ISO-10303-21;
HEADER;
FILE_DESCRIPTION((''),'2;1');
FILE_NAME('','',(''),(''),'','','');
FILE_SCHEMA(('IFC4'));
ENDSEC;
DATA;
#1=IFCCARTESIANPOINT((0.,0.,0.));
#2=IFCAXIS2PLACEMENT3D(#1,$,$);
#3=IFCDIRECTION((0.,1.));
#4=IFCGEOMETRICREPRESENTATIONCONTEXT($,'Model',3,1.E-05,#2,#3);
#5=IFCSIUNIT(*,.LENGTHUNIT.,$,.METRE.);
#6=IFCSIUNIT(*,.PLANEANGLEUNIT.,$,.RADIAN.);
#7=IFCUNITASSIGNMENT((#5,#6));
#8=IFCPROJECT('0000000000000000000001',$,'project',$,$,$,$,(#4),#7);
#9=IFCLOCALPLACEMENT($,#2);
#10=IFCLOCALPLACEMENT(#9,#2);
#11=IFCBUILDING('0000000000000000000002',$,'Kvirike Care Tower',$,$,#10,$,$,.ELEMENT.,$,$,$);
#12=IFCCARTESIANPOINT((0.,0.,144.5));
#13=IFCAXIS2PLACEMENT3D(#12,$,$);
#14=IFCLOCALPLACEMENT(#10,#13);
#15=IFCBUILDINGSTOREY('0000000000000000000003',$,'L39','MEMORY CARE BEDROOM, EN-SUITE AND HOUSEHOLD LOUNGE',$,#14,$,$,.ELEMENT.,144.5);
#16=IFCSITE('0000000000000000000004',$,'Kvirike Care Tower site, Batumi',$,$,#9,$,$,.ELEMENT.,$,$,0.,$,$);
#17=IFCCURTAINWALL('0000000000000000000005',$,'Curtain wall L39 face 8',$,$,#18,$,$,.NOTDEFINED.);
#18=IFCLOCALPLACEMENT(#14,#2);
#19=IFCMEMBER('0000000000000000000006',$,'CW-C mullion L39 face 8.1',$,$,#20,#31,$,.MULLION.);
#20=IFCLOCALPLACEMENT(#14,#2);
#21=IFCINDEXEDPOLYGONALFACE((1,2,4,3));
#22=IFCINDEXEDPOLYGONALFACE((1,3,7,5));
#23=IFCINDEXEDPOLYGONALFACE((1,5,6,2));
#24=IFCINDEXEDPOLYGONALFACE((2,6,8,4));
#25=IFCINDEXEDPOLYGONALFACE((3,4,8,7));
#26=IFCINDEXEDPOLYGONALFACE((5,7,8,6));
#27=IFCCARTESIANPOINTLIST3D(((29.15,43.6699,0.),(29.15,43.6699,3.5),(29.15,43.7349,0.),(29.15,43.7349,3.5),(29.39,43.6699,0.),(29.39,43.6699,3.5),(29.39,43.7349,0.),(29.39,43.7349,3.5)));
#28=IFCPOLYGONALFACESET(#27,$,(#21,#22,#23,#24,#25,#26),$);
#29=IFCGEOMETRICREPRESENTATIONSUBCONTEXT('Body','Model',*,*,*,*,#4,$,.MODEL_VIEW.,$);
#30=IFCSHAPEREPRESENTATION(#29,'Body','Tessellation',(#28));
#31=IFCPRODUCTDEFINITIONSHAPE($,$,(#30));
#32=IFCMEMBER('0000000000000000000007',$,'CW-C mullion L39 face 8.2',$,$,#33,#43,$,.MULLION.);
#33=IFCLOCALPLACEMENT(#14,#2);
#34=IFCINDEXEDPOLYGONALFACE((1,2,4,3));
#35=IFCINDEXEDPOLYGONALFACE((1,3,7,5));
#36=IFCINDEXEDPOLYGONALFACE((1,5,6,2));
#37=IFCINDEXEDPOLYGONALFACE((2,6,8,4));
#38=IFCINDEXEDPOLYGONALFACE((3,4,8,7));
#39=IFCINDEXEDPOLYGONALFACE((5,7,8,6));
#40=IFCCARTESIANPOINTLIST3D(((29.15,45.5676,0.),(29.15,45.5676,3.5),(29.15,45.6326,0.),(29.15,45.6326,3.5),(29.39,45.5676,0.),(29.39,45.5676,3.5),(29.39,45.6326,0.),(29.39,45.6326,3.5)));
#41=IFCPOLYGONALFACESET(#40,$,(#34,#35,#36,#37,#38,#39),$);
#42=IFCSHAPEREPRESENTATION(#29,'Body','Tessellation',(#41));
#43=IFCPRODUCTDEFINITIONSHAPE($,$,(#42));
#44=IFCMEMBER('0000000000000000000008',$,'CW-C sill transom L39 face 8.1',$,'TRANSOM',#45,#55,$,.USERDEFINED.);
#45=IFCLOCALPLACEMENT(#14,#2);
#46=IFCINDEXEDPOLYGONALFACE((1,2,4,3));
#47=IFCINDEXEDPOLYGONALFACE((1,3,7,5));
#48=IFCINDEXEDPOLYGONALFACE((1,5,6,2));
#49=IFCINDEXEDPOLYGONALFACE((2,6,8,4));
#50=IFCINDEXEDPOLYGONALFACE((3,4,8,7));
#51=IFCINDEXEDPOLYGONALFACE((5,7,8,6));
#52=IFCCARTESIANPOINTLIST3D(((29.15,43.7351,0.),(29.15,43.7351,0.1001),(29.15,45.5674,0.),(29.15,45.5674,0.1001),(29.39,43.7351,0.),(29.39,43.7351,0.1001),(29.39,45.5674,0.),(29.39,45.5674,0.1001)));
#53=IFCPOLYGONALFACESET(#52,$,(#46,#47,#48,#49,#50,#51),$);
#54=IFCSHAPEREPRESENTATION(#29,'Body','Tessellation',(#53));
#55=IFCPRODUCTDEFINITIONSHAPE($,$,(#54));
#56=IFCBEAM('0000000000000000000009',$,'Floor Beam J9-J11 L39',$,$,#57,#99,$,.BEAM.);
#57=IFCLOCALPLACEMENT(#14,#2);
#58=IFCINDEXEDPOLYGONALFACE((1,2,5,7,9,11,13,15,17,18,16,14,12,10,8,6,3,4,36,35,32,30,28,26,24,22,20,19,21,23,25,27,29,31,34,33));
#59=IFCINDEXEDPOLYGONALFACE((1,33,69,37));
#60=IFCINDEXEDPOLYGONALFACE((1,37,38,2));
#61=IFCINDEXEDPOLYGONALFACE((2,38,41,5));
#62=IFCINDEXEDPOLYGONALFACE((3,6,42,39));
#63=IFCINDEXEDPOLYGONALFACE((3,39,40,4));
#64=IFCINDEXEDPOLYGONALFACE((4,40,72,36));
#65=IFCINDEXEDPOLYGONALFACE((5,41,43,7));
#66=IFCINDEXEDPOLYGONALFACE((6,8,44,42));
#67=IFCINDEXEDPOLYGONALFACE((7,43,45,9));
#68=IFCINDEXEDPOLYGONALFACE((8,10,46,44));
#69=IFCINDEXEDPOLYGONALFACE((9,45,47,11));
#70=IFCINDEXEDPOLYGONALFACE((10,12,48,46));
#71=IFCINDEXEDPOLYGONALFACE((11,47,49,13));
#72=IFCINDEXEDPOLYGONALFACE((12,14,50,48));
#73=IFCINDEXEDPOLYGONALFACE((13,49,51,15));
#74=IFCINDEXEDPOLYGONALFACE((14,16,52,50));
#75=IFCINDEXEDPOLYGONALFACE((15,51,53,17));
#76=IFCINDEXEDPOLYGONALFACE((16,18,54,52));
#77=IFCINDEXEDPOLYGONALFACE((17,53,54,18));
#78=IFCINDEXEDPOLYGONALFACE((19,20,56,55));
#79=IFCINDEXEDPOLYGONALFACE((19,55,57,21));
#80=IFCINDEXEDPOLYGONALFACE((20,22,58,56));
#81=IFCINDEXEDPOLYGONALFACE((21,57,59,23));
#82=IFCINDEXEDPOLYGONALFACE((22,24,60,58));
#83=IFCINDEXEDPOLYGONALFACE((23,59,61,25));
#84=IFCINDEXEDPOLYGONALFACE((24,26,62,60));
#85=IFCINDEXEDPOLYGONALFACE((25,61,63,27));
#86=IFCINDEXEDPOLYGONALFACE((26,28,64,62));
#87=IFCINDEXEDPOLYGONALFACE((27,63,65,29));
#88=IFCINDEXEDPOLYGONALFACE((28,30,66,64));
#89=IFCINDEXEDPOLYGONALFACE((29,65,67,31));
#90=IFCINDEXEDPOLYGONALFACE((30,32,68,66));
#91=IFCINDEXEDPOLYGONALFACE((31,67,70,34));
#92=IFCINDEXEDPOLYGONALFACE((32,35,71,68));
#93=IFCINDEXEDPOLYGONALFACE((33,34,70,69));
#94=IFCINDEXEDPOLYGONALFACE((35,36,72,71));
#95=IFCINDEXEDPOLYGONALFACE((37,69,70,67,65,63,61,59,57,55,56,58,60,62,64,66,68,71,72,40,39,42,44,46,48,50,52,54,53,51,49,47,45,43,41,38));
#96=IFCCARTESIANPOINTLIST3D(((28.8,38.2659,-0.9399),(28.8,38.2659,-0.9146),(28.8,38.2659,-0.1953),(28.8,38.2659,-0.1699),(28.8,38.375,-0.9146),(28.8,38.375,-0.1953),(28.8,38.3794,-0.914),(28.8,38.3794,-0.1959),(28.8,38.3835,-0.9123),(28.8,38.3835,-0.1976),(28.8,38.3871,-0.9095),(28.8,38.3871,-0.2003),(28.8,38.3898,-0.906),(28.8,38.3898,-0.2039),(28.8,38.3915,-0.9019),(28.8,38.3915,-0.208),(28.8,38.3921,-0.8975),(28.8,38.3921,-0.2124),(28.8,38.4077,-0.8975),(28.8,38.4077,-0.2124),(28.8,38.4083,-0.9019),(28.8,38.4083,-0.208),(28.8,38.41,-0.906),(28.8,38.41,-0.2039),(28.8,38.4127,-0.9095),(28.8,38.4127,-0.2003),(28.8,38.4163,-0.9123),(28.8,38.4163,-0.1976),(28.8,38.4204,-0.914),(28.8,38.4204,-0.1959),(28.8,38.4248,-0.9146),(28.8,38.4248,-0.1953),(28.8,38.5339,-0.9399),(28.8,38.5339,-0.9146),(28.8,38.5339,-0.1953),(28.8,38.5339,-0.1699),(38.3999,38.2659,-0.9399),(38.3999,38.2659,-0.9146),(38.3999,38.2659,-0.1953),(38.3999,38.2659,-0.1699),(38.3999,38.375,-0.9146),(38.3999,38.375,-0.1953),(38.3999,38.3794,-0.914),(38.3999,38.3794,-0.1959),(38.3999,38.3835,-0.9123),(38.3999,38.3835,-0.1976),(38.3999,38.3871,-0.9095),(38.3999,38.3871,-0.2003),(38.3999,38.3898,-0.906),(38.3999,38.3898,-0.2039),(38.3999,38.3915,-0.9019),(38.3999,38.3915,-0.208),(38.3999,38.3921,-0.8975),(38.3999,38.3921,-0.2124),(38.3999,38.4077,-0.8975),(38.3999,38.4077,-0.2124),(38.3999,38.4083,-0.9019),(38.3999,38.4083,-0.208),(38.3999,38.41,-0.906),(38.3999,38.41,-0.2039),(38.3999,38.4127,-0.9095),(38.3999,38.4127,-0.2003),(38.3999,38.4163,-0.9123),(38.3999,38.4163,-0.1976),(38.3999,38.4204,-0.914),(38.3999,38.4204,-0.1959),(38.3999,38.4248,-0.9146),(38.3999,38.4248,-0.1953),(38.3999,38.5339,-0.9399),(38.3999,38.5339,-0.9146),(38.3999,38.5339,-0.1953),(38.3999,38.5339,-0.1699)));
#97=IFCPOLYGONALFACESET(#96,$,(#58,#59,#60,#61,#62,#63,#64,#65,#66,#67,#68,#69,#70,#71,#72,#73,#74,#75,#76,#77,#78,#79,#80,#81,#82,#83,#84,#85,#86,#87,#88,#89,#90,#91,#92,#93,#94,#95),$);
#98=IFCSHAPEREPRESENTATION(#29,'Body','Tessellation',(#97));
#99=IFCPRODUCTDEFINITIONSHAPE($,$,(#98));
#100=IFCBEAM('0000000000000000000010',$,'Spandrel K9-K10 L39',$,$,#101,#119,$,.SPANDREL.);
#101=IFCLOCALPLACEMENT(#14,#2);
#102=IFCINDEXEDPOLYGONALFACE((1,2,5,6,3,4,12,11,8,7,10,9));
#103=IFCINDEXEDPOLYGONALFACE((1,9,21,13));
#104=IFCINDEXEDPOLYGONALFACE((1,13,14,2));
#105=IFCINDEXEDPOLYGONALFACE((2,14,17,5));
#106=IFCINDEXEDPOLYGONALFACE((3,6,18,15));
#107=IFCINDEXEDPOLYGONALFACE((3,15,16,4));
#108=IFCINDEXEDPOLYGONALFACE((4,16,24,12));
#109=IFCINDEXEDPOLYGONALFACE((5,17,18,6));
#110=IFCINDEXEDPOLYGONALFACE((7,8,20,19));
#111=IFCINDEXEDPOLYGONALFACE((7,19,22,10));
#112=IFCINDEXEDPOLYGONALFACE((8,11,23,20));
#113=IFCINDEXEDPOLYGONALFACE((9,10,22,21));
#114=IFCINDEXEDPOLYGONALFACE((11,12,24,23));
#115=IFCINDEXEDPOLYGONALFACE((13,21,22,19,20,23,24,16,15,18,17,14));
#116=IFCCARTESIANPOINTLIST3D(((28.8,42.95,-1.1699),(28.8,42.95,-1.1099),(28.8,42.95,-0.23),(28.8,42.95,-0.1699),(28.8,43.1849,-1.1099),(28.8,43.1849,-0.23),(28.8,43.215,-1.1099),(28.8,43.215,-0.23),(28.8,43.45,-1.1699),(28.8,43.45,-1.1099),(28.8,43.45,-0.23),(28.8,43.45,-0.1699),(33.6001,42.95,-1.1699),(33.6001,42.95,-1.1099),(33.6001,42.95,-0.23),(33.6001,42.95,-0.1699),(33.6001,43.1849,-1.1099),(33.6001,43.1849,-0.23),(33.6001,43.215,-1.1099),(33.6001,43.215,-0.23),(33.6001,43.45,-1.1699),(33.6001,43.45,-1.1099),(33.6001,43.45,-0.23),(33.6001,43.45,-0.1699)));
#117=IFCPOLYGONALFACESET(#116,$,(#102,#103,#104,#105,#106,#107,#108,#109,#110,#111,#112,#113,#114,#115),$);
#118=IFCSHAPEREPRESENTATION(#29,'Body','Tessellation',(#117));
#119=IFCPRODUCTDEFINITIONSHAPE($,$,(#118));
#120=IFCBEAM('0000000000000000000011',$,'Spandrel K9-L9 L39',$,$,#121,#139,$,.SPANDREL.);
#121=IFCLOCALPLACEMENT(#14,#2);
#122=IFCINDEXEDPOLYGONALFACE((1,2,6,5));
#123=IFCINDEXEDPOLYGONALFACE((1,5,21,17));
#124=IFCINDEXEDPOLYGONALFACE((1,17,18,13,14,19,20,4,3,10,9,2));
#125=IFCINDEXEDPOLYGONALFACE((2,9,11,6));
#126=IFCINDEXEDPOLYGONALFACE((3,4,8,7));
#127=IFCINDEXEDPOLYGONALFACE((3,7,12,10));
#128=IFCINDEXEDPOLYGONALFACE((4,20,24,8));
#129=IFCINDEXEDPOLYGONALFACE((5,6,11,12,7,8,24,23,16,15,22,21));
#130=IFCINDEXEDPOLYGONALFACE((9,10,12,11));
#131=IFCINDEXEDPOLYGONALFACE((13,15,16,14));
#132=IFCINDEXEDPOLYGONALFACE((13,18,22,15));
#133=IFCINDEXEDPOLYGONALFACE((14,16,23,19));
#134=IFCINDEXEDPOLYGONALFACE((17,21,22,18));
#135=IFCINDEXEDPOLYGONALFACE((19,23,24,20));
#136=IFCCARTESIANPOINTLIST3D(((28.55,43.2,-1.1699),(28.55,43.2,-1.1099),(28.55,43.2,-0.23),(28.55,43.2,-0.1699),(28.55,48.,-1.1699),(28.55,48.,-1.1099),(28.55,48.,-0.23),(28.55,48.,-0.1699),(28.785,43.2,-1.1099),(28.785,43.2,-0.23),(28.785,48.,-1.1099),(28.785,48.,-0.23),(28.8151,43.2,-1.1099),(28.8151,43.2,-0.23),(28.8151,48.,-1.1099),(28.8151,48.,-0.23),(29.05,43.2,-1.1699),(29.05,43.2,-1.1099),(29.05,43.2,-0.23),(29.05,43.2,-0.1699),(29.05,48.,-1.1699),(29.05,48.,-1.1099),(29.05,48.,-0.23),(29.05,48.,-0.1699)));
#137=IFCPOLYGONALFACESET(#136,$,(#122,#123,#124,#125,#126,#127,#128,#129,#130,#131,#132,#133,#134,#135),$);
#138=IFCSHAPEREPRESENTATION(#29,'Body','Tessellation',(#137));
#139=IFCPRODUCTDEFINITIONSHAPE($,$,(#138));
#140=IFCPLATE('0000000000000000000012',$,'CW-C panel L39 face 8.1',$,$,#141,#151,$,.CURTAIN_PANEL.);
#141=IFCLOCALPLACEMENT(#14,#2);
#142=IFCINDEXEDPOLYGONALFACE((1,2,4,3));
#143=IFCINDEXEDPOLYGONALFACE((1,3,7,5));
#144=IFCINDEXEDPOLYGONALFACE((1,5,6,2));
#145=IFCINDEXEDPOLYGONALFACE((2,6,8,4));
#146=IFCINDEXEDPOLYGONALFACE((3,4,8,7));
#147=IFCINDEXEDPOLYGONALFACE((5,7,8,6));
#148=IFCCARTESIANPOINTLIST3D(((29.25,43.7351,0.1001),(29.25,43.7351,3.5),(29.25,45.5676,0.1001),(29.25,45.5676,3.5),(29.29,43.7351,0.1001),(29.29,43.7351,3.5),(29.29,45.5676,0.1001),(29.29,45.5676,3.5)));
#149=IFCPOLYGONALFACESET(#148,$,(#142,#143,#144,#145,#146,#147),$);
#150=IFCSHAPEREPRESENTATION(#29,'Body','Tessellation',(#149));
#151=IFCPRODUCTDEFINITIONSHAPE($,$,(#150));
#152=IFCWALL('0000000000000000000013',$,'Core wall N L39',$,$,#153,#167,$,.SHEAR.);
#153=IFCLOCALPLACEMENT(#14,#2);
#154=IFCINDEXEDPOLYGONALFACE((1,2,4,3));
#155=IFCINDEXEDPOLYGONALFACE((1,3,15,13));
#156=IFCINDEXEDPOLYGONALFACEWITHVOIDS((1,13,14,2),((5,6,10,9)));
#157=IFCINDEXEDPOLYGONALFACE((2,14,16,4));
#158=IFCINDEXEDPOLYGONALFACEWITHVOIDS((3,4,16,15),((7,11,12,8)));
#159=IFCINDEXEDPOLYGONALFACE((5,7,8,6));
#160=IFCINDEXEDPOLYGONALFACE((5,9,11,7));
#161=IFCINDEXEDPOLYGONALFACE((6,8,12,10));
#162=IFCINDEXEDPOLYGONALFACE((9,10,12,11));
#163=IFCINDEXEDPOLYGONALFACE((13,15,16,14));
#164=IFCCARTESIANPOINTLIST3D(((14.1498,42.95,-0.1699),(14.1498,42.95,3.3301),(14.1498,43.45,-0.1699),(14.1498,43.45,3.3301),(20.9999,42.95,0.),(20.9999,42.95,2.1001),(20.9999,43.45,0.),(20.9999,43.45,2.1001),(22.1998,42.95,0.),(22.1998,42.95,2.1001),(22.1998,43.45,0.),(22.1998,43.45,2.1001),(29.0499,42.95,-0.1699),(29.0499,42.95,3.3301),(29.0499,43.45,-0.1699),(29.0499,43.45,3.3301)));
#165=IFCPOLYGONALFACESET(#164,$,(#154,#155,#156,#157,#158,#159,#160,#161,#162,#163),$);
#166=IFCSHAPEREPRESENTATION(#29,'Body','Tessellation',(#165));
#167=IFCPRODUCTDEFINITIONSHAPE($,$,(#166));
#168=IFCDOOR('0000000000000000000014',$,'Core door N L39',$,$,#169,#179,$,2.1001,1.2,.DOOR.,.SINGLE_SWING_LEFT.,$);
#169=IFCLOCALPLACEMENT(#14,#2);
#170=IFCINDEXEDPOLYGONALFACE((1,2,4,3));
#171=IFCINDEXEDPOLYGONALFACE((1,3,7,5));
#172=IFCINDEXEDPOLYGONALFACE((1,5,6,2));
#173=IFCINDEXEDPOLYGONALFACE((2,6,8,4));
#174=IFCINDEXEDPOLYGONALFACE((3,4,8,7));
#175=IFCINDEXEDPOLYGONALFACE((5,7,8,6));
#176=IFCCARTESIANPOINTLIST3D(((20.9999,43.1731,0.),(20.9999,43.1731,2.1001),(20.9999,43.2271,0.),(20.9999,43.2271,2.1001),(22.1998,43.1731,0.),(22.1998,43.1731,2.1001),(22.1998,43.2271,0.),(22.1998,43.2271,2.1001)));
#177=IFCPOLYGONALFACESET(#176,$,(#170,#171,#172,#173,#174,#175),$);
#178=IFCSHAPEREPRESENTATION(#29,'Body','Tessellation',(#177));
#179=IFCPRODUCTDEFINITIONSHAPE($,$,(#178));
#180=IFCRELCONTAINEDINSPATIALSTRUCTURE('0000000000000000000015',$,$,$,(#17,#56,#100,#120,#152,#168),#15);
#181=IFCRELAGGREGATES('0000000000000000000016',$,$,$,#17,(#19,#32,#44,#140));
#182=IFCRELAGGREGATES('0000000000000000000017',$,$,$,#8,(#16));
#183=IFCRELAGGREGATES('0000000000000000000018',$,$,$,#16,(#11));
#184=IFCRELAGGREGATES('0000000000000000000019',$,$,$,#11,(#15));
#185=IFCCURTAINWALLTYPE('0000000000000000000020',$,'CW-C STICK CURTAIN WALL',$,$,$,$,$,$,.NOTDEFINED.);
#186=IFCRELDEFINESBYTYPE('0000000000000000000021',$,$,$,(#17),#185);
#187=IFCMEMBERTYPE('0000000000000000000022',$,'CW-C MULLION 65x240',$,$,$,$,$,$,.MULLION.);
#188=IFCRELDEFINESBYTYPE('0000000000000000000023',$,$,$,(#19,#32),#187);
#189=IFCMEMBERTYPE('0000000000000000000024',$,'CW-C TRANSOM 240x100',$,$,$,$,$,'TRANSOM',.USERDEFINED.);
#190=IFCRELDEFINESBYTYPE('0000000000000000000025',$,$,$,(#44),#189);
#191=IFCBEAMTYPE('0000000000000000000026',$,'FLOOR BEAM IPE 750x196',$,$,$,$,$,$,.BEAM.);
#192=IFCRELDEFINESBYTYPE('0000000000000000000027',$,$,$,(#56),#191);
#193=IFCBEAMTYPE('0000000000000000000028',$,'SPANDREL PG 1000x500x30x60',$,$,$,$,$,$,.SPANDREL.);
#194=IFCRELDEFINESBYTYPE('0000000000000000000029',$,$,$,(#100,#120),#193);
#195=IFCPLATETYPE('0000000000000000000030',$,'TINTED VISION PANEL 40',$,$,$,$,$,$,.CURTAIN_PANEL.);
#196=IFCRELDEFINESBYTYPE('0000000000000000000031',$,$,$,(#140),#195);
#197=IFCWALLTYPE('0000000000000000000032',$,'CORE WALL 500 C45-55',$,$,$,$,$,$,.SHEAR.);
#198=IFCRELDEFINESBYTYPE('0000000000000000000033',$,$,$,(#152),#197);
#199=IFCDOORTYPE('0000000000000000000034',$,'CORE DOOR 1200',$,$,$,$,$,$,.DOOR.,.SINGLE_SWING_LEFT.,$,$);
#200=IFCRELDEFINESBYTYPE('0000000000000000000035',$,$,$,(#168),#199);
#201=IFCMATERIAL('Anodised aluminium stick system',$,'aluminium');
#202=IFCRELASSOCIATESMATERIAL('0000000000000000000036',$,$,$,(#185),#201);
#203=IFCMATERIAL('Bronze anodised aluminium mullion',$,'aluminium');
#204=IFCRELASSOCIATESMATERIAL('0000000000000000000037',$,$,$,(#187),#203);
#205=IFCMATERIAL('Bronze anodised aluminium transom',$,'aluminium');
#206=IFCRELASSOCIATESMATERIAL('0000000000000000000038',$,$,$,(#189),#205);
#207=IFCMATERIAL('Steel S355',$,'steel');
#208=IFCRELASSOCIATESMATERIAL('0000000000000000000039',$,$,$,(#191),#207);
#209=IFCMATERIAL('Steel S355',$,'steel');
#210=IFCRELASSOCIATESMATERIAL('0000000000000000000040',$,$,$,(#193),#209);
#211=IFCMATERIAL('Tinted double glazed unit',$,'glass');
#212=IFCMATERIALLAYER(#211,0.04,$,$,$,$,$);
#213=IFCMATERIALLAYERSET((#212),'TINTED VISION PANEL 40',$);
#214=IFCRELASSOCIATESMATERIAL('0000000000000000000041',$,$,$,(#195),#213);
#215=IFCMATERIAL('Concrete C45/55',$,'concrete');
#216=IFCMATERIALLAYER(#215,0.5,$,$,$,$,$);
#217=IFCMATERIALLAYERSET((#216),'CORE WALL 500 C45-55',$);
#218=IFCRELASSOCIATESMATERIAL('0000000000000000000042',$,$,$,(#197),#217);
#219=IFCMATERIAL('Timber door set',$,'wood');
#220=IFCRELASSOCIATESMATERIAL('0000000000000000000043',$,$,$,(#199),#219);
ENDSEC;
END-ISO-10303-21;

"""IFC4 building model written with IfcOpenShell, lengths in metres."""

from ifc_helpers import new_model, si_unit, direction, frame, frame_2d, origin, origin_2d, place, context, subcontext, project, spatial, rectangle, i_section, extrude, material, layer, layer_set, material_profile, profile_set, type_object, element, fill, aggregate, save


model = new_model("IFC4")

# Units and contexts
model_context = context("Model", 3, precision=1e-05, world=origin(), true_north=direction((0.0, 1.0)))
body_context = subcontext(model_context, "Body", "Model", "MODEL_VIEW")
ifc_project = project(units=[si_unit("LENGTHUNIT", "METRE"), si_unit("PLANEANGLEUNIT", "RADIAN")], contexts=[model_context])

# Site, building, storey
site_placement = place(None, origin())
site = spatial("IfcSite", under=ifc_project, at=site_placement, Name="Kvirike Care Tower site, Batumi", CompositionType="ELEMENT", RefElevation=0.0)
building_placement = place(site_placement, origin())
building = spatial("IfcBuilding", under=site, at=building_placement, Name="Kvirike Care Tower", CompositionType="ELEMENT")
storey_placement = place(building_placement, frame((0.0, 0.0, 144.5)))
storey = spatial("IfcBuildingStorey", under=building, at=storey_placement, Name="L39", Description="MEMORY CARE BEDROOM, EN-SUITE AND HOUSEHOLD LOUNGE", CompositionType="ELEMENT", Elevation=144.5)

# Curtain wall, members
ifc_material_1 = material(Name="Anodised aluminium stick system", Category="aluminium")
curtain_wall_type = type_object("IfcCurtainWallType", Name="CW-C STICK CURTAIN WALL", PredefinedType="NOTDEFINED", material=ifc_material_1)
curtain_wall_placement = place(storey_placement, origin())
curtain_wall = element("IfcCurtainWall", 1, at=curtain_wall_placement, inside=storey, type_object=curtain_wall_type, Name="Curtain wall L39 face 8", PredefinedType="NOTDEFINED")
ifc_material_2 = material(Name="Bronze anodised aluminium mullion", Category="aluminium")
ifc_material_profile_1 = material_profile(ifc_material_2, rectangle(XDim=0.0649, YDim=0.24, at=origin_2d()), Name="CW-C MULLION 65x240")
ifc_profile_set_1 = profile_set([ifc_material_profile_1], Name="Bronze anodised aluminium mullion")
member_type_1 = type_object("IfcMemberType", Name="CW-C MULLION 65x240", PredefinedType="MULLION", material=ifc_profile_set_1)
member_1_placement = place(storey_placement, frame((29.27, 43.7024, 0.0), z_axis=(0.0, 0.0, 1.0), x_axis=(0.0, 1.0, 0.0)))
member_1 = element("IfcMember", 2, at=member_1_placement, type_object=member_type_1, Name="CW-C mullion L39 face 8.1", PredefinedType="MULLION", context=body_context, shape_type="SweptSolid", body=[
    extrude(rectangle(XDim=0.0649, YDim=0.24, at=origin_2d()), origin(), (0.0, 0.0, 1.0), 3.5),
])
member_2_placement = place(storey_placement, frame((29.27, 45.6001, 0.0), z_axis=(0.0, 0.0, 1.0), x_axis=(0.0, 1.0, 0.0)))
member_2 = element("IfcMember", 3, at=member_2_placement, type_object=member_type_1, Name="CW-C mullion L39 face 8.2", PredefinedType="MULLION", context=body_context, shape_type="SweptSolid", body=[
    extrude(rectangle(XDim=0.0649, YDim=0.24, at=origin_2d()), origin(), (0.0, 0.0, 1.0), 3.5),
])
ifc_material_3 = material(Name="Bronze anodised aluminium transom", Category="aluminium")
ifc_material_profile_2 = material_profile(ifc_material_3, rectangle(XDim=0.24, YDim=0.1001, at=origin_2d()), Name="CW-C TRANSOM 240x100")
ifc_profile_set_2 = profile_set([ifc_material_profile_2], Name="Bronze anodised aluminium transom")
member_type_2 = type_object("IfcMemberType", Name="CW-C TRANSOM 240x100", ElementType="TRANSOM", PredefinedType="USERDEFINED", material=ifc_profile_set_2)
member_3_placement = place(storey_placement, frame((29.27, 43.7351, 0.05), z_axis=(0.0, 1.0, 0.0), x_axis=(-1.0, 0.0, 0.0)))
member_3 = element("IfcMember", 4, at=member_3_placement, type_object=member_type_2, Name="CW-C sill transom L39 face 8.1", ObjectType="TRANSOM", PredefinedType="USERDEFINED", context=body_context, shape_type="SweptSolid", body=[
    extrude(rectangle(XDim=0.24, YDim=0.1001, at=origin_2d()), origin(), (0.0, 0.0, 1.0), 1.8323),
])

# Beams
ifc_material_4 = material(Name="Steel S355", Category="steel")
ifc_material_profile_3 = material_profile(ifc_material_4, i_section(OverallWidth=0.2681, OverallDepth=0.77, WebThickness=0.0156, FlangeThickness=0.0254, FilletRadius=0.0171, at=origin_2d()), Name="IPE 750x196")
ifc_profile_set_3 = profile_set([ifc_material_profile_3], Name="Steel S355")
beam_type_1 = type_object("IfcBeamType", Name="FLOOR BEAM IPE 750x196", PredefinedType="BEAM", material=ifc_profile_set_3)
beam_placement = place(storey_placement, frame((28.8, 38.3999, -0.5549), z_axis=(1.0, 0.0, 0.0), x_axis=(0.0, 1.0, 0.0)))
element("IfcBeam", 5, at=beam_placement, inside=storey, type_object=beam_type_1, Name="Floor Beam J9-J11 L39", PredefinedType="BEAM", context=body_context, shape_type="SweptSolid", body=[
    extrude(i_section(OverallWidth=0.2681, OverallDepth=0.77, WebThickness=0.0156, FlangeThickness=0.0254, FilletRadius=0.0171, at=origin_2d()), origin(), (0.0, 0.0, 1.0), 9.5999),
])
ifc_material_5 = material(Name="Steel S355", Category="steel")
ifc_material_profile_4 = material_profile(ifc_material_5, i_section(OverallWidth=0.5, OverallDepth=1.0, WebThickness=0.03, FlangeThickness=0.0601, at=origin_2d()), Name="PG 1000x500x30x60")
ifc_profile_set_4 = profile_set([ifc_material_profile_4], Name="Steel S355")
beam_type_2 = type_object("IfcBeamType", Name="SPANDREL PG 1000x500x30x60", PredefinedType="SPANDREL", material=ifc_profile_set_4)
for number, where, z_axis, x_axis, name in (
    (6, (28.8, 43.2, -0.6699), (1.0, 0.0, 0.0), (0.0, 1.0, 0.0), "Spandrel K9-K10 L39"),
    (7, (28.8, 43.2, -0.6699), (0.0, 1.0, 0.0), (-1.0, 0.0, 0.0), "Spandrel K9-L9 L39"),
):
    element("IfcBeam", number, at=place(storey_placement, frame(where, z_axis=z_axis, x_axis=x_axis)), inside=storey, type_object=beam_type_2, Name=name, PredefinedType="SPANDREL", context=body_context, shape_type="SweptSolid", body=[
        extrude(i_section(OverallWidth=0.5, OverallDepth=1.0, WebThickness=0.03, FlangeThickness=0.0601, at=origin_2d()), origin(), (0.0, 0.0, 1.0), 4.8),
    ])

# Plate
ifc_material_6 = material(Name="Tinted double glazed unit", Category="glass")
ifc_layer_1 = layer(ifc_material_6, 0.04)
ifc_layer_set_1 = layer_set([ifc_layer_1], Name="TINTED VISION PANEL 40")
plate_type = type_object("IfcPlateType", Name="TINTED VISION PANEL 40", PredefinedType="CURTAIN_PANEL", material=ifc_layer_set_1)
plate_placement = place(storey_placement, frame((29.27, 44.6514, 0.1001), z_axis=(0.0, 0.0, 1.0), x_axis=(0.0, 1.0, 0.0)))
plate = element("IfcPlate", 8, at=plate_placement, type_object=plate_type, Name="CW-C panel L39 face 8.1", PredefinedType="CURTAIN_PANEL", context=body_context, shape_type="SweptSolid", body=[
    extrude(rectangle(XDim=1.8325, YDim=0.04, at=origin_2d()), origin(), (0.0, 0.0, 1.0), 3.3999),
])
aggregate(curtain_wall, [member_1, member_2, member_3, plate])

# Wall, opening, door
ifc_material_7 = material(Name="Concrete C45/55", Category="concrete")
ifc_layer_2 = layer(ifc_material_7, 0.5)
ifc_layer_set_2 = layer_set([ifc_layer_2], Name="CORE WALL 500 C45-55")
wall_type_1 = type_object("IfcWallType", Name="CORE WALL 500 C45-55", PredefinedType="SHEAR", material=ifc_layer_set_2)
wall_1_placement = place(storey_placement, frame((29.05, 43.2, -0.1699), z_axis=(0.0, 0.0, 1.0), x_axis=(-1.0, 0.0, 0.0)))
wall_1 = element("IfcWall", 9, at=wall_1_placement, inside=storey, type_object=wall_type_1, Name="Core wall N L39", PredefinedType="SHEAR", context=body_context, shape_type="SweptSolid", body=[
    extrude(rectangle(XDim=14.9001, YDim=0.5, at=frame_2d((7.4502, 0.0))), origin(), (0.0, 0.0, 1.0), 3.5),
])
opening_1_placement = place(wall_1_placement, frame((6.8501, 0.0, 0.1699)))
opening_1 = element("IfcOpeningElement", 10, at=opening_1_placement, cuts=wall_1, PredefinedType="OPENING", context=body_context, shape_type="SweptSolid", body=[
    extrude(rectangle(XDim=1.2, YDim=2.1001, at=frame_2d((0.6001, 1.05))), frame((0.0, 0.2605, 0.0), z_axis=(0.0, -1.0, 0.0), x_axis=(1.0, 0.0, 0.0)), (0.0, 0.0, 1.0), 0.521),
])
ifc_material_8 = material(Name="Timber door set", Category="wood")
door_type_1 = type_object("IfcDoorType", Name="CORE DOOR 1200", OperationType="SINGLE_SWING_LEFT", PredefinedType="DOOR", material=ifc_material_8)
door_1_placement = place(opening_1_placement, origin())
door_1 = element("IfcDoor", 11, at=door_1_placement, inside=storey, type_object=door_type_1, Name="Core door N L39", OperationType="SINGLE_SWING_LEFT", OverallHeight=2.1001, OverallWidth=1.2, PredefinedType="DOOR", context=body_context, shape_type="SweptSolid", body=[
    extrude(rectangle(XDim=1.2, YDim=2.1001, at=frame_2d((0.6001, 1.05))), frame((0.0, 0.0269, 0.0), z_axis=(0.0, -1.0, 0.0), x_axis=(1.0, 0.0, 0.0)), (0.0, 0.0, 1.0), 0.054),
])
fill(opening_1, door_1)

save(model, "model.ifc")
